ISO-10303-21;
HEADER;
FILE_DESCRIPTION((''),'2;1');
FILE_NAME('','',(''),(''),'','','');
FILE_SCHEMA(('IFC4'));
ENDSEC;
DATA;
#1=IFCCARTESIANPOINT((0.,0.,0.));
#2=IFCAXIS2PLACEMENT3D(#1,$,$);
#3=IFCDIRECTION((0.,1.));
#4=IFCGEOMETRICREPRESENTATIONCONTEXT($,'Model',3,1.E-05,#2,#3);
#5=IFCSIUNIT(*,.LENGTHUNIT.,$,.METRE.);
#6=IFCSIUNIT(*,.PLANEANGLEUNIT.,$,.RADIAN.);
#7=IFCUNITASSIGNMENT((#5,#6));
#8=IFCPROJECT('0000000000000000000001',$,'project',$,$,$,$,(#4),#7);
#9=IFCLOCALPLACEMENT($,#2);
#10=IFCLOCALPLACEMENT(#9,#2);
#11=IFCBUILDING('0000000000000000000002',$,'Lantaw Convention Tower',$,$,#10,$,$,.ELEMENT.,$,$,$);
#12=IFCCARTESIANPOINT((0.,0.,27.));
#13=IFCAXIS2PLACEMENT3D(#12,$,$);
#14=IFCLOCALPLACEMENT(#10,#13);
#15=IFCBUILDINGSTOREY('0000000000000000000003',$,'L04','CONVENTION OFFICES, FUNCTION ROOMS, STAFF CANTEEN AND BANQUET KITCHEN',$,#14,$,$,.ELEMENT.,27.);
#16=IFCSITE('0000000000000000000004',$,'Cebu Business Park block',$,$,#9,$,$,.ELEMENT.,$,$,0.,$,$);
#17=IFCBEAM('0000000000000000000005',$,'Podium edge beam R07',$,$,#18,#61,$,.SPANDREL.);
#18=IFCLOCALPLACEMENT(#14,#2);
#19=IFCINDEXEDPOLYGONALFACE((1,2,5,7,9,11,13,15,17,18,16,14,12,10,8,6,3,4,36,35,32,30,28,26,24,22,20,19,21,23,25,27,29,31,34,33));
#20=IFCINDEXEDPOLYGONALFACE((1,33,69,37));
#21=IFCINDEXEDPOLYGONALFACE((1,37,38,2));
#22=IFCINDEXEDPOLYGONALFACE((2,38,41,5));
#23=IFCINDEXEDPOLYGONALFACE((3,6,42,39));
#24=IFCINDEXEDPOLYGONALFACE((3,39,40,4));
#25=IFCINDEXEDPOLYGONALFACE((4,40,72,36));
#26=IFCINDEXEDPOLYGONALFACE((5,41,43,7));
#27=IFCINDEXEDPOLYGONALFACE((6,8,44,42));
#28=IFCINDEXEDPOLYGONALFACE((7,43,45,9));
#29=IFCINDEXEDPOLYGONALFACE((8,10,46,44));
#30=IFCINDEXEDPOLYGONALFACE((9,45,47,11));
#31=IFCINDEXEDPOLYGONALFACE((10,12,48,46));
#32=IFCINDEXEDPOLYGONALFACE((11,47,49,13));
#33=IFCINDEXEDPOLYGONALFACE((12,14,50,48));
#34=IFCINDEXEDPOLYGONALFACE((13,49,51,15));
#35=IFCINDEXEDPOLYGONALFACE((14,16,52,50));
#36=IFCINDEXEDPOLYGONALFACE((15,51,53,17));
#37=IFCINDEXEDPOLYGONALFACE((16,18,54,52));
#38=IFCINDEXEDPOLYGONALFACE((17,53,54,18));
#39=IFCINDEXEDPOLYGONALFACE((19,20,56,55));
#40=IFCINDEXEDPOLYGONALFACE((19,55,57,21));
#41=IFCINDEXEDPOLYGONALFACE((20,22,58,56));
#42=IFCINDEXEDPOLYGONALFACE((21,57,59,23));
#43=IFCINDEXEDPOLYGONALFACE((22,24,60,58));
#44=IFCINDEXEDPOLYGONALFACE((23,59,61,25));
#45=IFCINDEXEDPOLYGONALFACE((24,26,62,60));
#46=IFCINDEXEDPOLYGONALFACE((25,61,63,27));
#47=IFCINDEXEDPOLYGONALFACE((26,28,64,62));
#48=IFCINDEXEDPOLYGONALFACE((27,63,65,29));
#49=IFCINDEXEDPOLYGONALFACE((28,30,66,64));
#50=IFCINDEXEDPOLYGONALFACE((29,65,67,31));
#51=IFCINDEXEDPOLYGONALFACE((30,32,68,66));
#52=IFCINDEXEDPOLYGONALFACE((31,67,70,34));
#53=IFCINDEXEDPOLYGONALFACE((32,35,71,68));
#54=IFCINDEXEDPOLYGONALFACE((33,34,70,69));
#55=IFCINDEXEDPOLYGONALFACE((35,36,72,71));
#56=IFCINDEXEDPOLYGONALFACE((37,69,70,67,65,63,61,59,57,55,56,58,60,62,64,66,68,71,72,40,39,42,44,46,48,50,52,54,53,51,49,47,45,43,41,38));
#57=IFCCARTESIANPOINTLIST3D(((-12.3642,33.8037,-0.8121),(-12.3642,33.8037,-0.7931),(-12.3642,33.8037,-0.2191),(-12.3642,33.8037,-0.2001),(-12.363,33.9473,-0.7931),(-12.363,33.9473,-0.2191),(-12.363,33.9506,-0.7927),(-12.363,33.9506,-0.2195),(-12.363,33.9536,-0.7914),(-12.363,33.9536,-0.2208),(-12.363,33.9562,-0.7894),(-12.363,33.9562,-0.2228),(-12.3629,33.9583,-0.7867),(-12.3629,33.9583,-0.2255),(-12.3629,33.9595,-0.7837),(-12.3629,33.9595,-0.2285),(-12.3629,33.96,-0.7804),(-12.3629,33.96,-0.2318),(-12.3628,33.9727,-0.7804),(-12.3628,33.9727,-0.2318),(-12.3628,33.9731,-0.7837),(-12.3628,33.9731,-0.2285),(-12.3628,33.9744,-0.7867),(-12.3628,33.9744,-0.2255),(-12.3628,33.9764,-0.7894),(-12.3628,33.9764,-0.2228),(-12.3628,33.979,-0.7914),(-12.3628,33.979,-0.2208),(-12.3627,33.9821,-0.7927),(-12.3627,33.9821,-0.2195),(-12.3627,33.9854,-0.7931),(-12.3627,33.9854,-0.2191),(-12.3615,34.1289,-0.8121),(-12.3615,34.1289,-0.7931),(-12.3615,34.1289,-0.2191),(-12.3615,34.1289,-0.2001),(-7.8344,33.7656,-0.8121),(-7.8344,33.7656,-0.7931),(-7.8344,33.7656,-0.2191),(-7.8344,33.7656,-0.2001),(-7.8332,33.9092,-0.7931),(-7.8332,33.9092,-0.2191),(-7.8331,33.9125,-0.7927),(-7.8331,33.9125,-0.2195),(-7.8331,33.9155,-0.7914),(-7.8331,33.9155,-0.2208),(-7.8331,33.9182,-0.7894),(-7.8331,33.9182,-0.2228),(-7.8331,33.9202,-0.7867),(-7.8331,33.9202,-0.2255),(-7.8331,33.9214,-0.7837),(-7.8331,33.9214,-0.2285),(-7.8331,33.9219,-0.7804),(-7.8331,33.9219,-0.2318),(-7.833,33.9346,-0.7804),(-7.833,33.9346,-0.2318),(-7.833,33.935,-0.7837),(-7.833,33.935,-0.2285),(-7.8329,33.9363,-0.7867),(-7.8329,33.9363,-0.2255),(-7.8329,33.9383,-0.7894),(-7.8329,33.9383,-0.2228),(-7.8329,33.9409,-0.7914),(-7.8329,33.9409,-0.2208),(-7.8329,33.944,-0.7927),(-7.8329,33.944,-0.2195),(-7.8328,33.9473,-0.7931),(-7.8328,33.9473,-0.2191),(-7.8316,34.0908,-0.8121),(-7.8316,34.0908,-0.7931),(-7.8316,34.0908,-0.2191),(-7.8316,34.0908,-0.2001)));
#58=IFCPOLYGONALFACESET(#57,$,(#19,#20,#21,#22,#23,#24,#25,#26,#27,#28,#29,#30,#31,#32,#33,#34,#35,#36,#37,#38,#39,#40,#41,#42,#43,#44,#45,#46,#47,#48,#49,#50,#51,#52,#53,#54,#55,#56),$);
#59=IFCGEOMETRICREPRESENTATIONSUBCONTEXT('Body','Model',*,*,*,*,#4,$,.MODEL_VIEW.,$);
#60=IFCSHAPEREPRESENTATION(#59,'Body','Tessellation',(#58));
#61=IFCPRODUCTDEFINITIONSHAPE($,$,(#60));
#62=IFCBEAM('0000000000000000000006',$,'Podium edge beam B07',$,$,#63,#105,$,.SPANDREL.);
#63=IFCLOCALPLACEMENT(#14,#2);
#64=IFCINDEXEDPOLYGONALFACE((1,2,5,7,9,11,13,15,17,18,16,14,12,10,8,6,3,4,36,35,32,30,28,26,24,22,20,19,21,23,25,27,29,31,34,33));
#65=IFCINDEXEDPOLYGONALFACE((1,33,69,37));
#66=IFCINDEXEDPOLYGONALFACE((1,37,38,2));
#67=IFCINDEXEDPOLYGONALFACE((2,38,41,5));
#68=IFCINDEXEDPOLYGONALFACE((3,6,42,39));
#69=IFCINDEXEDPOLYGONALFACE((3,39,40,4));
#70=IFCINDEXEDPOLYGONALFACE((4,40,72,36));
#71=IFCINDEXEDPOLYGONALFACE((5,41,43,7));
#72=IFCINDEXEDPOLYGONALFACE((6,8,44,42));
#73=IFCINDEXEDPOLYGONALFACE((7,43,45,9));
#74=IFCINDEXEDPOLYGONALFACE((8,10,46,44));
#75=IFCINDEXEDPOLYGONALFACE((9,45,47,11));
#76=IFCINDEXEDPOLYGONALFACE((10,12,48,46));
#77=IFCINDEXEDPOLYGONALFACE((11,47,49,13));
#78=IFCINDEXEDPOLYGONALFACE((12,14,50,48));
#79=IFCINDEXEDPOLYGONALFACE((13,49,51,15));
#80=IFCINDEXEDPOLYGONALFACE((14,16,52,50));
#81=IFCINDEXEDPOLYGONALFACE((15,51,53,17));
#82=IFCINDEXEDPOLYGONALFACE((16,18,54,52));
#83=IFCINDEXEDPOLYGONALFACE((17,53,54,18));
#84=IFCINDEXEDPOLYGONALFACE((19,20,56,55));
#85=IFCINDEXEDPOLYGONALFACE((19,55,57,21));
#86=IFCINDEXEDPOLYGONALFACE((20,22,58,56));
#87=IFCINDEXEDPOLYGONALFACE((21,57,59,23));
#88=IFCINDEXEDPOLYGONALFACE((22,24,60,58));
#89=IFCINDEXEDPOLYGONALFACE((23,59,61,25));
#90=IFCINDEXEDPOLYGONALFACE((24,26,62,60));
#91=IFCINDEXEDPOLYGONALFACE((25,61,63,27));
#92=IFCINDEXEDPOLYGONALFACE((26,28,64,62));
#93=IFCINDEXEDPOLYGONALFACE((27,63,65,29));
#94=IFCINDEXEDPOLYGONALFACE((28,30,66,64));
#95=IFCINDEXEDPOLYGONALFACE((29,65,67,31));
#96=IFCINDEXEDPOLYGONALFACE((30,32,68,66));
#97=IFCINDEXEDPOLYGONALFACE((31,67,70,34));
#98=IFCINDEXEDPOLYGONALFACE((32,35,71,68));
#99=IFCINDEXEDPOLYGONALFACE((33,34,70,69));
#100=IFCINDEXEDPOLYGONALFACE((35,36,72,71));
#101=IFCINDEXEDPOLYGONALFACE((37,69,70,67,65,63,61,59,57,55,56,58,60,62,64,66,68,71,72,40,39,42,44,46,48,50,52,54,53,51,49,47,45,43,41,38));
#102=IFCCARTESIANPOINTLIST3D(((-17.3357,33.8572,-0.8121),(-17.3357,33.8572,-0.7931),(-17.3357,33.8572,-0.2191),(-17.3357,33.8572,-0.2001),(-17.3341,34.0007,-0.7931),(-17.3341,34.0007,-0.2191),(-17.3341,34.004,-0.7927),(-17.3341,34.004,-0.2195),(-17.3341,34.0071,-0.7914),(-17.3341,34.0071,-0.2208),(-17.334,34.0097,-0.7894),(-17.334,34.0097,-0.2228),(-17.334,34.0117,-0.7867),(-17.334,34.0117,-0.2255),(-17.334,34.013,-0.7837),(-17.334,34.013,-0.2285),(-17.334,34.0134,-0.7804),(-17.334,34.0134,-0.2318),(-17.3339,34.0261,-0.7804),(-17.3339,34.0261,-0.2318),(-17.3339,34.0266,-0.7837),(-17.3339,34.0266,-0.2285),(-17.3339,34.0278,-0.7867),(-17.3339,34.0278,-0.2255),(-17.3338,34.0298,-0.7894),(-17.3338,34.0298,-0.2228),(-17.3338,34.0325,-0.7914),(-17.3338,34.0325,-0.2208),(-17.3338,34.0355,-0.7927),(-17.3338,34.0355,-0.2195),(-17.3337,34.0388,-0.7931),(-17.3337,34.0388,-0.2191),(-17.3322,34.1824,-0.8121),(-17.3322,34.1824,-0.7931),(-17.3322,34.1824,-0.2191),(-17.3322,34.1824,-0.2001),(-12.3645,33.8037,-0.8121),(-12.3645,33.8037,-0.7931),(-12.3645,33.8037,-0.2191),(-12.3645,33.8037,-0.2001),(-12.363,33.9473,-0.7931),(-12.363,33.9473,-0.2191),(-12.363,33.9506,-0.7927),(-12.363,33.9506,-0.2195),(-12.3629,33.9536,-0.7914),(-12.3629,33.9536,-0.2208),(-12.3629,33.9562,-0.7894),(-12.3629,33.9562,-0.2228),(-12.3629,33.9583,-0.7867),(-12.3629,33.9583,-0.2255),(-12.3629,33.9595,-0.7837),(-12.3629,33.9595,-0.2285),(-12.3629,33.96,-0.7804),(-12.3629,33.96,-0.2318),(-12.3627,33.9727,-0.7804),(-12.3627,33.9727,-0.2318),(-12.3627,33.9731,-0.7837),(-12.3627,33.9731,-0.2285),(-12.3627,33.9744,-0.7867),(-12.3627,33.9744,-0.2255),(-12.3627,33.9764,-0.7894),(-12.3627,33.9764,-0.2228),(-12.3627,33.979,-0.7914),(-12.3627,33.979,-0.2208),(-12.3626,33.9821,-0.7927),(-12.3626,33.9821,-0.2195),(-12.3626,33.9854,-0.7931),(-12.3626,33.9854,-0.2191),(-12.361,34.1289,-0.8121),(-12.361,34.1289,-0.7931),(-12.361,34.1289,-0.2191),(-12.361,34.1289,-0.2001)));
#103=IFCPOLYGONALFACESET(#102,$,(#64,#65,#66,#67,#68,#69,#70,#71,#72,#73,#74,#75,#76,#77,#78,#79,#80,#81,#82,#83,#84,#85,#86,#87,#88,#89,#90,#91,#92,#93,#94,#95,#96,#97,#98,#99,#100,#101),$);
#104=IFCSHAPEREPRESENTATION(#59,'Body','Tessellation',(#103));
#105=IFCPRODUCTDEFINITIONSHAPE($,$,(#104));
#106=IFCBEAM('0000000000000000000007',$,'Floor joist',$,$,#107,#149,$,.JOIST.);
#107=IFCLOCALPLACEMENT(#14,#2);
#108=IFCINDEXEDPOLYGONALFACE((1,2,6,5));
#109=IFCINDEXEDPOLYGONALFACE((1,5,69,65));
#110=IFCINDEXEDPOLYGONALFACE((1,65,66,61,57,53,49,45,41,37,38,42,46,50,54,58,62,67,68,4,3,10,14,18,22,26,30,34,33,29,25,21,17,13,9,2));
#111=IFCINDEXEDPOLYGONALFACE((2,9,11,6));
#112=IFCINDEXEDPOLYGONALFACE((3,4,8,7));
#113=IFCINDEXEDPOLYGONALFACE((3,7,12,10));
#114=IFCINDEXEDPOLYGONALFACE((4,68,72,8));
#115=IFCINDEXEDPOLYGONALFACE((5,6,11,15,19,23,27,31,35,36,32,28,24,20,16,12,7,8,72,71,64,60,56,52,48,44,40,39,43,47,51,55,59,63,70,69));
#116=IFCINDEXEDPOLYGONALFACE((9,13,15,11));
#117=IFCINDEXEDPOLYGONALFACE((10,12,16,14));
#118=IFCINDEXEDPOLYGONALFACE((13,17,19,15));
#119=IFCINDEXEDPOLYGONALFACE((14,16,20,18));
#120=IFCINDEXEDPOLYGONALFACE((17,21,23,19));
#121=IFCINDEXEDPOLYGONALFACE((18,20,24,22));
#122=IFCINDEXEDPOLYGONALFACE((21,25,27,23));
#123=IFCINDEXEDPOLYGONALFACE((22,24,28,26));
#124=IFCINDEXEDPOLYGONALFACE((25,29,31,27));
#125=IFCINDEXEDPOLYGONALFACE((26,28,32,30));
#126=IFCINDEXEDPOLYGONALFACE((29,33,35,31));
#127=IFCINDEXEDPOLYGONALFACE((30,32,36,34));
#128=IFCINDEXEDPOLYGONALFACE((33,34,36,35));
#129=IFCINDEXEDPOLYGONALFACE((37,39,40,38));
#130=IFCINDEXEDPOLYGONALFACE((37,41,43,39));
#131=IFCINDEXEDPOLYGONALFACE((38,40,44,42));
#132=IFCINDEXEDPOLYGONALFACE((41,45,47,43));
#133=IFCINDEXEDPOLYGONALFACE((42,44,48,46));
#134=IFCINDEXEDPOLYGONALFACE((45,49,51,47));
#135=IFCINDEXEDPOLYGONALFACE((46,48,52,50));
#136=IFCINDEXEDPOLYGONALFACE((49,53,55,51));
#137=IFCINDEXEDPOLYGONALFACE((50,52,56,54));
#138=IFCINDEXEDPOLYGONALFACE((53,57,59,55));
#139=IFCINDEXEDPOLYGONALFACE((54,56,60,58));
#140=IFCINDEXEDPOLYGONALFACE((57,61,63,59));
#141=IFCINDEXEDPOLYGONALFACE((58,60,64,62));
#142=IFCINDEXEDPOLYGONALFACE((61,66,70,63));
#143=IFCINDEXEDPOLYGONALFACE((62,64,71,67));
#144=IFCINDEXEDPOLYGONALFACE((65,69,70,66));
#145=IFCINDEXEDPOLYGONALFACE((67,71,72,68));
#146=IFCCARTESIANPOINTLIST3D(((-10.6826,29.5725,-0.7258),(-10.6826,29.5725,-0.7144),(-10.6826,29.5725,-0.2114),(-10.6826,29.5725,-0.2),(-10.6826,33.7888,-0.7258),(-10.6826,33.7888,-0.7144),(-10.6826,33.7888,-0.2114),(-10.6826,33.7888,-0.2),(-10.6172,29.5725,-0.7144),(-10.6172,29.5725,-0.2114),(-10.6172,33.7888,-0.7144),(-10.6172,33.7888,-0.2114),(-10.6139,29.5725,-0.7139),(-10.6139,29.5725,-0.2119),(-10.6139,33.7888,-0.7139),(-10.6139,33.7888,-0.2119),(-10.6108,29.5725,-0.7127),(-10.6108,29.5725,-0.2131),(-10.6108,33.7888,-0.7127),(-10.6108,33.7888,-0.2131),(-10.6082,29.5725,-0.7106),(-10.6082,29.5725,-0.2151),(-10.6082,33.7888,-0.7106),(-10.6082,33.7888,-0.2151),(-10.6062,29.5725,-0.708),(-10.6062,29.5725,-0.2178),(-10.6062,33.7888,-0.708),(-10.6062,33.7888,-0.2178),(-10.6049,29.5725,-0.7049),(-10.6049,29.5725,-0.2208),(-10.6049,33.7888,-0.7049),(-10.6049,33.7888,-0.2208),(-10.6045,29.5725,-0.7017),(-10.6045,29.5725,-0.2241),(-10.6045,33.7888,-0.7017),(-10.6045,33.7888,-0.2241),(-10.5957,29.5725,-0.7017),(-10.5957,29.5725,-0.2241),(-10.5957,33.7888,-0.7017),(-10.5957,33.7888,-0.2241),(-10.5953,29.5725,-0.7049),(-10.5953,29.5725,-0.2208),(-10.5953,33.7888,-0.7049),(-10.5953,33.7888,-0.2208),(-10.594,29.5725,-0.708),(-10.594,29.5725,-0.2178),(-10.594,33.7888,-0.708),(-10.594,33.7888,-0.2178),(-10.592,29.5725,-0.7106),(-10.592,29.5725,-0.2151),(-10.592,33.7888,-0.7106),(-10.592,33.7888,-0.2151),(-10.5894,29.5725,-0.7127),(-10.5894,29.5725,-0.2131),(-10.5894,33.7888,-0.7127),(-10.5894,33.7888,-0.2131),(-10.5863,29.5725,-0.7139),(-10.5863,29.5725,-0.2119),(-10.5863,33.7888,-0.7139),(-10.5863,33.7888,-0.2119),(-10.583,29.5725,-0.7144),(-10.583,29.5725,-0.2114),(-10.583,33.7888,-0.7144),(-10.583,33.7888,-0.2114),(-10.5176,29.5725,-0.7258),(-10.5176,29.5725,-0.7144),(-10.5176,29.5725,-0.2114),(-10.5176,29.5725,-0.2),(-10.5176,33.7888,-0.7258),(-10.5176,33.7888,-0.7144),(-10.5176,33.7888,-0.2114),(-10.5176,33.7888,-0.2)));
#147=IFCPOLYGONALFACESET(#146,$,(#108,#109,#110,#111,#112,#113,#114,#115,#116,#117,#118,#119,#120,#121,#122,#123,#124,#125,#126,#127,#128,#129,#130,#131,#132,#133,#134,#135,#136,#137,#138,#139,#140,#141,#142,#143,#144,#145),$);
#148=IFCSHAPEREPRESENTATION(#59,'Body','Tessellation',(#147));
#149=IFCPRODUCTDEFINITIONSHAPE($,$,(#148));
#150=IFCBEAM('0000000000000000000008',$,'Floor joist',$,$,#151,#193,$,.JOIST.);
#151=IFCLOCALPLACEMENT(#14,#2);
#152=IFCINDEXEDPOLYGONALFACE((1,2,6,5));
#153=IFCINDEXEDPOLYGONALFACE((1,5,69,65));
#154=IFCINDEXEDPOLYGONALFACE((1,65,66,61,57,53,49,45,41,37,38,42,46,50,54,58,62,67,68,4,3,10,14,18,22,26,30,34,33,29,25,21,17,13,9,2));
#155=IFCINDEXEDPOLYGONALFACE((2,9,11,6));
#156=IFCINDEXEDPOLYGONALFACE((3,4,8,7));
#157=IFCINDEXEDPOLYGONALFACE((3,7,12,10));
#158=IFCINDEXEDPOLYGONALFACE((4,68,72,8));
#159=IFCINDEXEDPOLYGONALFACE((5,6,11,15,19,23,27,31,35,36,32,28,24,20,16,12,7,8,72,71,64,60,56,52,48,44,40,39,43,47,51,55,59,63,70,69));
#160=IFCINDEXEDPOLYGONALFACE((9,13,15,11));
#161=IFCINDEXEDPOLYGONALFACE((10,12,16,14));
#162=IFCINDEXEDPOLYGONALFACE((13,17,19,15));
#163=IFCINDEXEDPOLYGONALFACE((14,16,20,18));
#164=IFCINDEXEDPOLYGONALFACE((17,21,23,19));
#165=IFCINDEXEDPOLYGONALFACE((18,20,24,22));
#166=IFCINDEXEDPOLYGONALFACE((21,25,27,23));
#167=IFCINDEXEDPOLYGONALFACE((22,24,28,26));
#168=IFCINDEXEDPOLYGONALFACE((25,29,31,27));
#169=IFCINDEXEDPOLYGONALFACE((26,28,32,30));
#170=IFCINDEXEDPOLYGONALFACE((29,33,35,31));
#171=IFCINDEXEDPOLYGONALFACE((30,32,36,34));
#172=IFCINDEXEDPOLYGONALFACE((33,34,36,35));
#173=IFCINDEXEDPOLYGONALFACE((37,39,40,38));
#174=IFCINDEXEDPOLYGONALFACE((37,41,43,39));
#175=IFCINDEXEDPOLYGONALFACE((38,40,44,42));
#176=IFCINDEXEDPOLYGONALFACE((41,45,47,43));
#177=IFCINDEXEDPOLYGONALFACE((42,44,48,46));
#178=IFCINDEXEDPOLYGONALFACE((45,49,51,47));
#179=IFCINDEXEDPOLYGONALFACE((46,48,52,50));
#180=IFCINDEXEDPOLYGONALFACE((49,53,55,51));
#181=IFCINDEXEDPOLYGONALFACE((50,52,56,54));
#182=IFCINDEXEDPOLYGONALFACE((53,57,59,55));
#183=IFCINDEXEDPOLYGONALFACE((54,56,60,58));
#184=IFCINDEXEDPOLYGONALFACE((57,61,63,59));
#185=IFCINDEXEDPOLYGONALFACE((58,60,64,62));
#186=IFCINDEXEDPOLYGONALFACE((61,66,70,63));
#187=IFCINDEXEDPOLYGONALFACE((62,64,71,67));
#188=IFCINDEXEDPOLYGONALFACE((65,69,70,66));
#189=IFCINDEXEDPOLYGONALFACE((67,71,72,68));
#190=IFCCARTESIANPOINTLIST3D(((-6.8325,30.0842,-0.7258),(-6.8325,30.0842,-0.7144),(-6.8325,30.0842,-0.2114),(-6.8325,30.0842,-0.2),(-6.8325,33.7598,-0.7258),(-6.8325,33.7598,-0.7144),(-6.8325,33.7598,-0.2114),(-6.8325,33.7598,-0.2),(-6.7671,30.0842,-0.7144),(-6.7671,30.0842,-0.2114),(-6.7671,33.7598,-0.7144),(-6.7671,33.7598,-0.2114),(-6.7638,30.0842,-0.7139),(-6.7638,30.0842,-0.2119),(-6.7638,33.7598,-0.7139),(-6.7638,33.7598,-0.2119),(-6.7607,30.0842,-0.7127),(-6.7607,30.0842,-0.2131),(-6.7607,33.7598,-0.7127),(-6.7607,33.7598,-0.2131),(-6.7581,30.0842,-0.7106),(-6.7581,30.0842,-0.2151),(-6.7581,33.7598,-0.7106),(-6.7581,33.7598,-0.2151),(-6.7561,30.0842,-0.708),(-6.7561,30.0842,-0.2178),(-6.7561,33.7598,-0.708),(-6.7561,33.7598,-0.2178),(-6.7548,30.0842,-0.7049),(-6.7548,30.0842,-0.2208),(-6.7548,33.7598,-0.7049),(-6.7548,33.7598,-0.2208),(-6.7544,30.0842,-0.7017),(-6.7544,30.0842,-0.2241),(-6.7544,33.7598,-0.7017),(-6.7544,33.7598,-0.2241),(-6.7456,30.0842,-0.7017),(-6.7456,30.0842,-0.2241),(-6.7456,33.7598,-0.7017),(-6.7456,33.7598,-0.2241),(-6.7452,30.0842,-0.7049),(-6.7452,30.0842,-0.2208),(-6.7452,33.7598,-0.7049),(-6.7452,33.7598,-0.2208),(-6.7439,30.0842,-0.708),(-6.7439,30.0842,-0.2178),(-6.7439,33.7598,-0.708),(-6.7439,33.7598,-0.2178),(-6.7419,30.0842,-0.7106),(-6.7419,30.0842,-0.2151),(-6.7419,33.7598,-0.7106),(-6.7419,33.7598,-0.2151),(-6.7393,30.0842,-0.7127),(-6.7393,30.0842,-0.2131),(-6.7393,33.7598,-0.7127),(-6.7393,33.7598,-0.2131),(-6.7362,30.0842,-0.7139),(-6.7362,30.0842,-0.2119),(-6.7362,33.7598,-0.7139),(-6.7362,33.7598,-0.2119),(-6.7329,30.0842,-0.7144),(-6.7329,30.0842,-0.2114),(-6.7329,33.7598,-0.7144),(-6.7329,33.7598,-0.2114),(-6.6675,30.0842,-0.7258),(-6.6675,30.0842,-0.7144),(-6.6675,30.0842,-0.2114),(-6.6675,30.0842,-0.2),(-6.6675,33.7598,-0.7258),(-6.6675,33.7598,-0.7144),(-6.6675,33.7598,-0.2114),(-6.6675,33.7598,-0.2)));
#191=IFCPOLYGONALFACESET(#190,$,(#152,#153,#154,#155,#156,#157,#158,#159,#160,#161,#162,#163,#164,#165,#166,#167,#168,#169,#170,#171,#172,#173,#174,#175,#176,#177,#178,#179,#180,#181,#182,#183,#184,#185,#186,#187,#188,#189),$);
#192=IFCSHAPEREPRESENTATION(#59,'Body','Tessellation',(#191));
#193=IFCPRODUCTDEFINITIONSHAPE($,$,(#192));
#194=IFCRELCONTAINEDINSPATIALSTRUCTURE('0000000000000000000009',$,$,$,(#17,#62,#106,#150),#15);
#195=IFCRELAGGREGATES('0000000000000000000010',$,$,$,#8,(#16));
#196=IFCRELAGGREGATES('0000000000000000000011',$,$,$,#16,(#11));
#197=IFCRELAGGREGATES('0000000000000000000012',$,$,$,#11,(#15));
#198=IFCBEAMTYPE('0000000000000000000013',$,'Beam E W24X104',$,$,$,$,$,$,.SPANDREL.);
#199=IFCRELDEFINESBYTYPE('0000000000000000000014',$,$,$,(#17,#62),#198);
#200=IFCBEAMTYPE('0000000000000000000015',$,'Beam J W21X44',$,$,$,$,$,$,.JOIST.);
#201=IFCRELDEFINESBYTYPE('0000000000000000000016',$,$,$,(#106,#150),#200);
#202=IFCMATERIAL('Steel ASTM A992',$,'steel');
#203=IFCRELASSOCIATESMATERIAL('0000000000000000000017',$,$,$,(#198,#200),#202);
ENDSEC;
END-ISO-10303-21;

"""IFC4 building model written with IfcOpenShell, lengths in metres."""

from ifc_helpers import new_model, si_unit, direction, frame, origin, origin_2d, place, context, subcontext, project, spatial, i_section, extrude, material, material_profile, profile_set, type_object, element, save


model = new_model("IFC4")

# Units and contexts
model_context = context("Model", 3, precision=1e-05, world=origin(), true_north=direction((0.0, 1.0)))
body_context = subcontext(model_context, "Body", "Model", "MODEL_VIEW")
ifc_project = project(units=[si_unit("LENGTHUNIT", "METRE"), si_unit("PLANEANGLEUNIT", "RADIAN")], contexts=[model_context])

# Site, building, storey
site_placement = place(None, origin())
site = spatial("IfcSite", under=ifc_project, at=site_placement, Name="Cebu Business Park block", CompositionType="ELEMENT", RefElevation=0.0)
building_placement = place(site_placement, origin())
building = spatial("IfcBuilding", under=site, at=building_placement, Name="Lantaw Convention Tower", CompositionType="ELEMENT")
storey_placement = place(building_placement, frame((0.0, 0.0, 27.0)))
storey = spatial("IfcBuildingStorey", under=building, at=storey_placement, Name="L04", Description="CONVENTION OFFICES, FUNCTION ROOMS, STAFF CANTEEN AND BANQUET KITCHEN", CompositionType="ELEMENT", Elevation=27.0)

# Beams
ifc_material_1 = material(Name="Steel ASTM A992", Category="steel")
ifc_material_profile_1 = material_profile(ifc_material_1, i_section(OverallWidth=0.3252, OverallDepth=0.6121, WebThickness=0.0127, FlangeThickness=0.019, FilletRadius=0.0127, at=origin_2d()), Name="W24X104")
ifc_profile_set_1 = profile_set([ifc_material_profile_1], Name="Steel ASTM A992")
beam_type_1 = type_object("IfcBeamType", Name="Beam E W24X104", PredefinedType="SPANDREL", material=ifc_profile_set_1)
beam_1_placement = place(storey_placement, frame((-7.833, 33.9282, -0.5061), z_axis=(-0.999965, 0.008408, 0.0), x_axis=(-0.008408, -0.999965, 0.0)))
element("IfcBeam", 1, at=beam_1_placement, inside=storey, type_object=beam_type_1, Name="Podium edge beam R07", PredefinedType="SPANDREL", context=body_context, shape_type="SweptSolid", body=[
    extrude(i_section(OverallWidth=0.3252, OverallDepth=0.6121, WebThickness=0.0127, FlangeThickness=0.019, FilletRadius=0.0127, at=origin_2d()), origin(), (0.0, 0.0, 1.0), 4.53),
])
beam_2_placement = place(storey_placement, frame((-12.3628, 33.9663, -0.5061), z_axis=(-0.999942, 0.010755, 0.0), x_axis=(-0.010755, -0.999942, 0.0)))
element("IfcBeam", 2, at=beam_2_placement, inside=storey, type_object=beam_type_1, Name="Podium edge beam B07", PredefinedType="SPANDREL", context=body_context, shape_type="SweptSolid", body=[
    extrude(i_section(OverallWidth=0.3252, OverallDepth=0.6121, WebThickness=0.0127, FlangeThickness=0.019, FilletRadius=0.0127, at=origin_2d()), origin(), (0.0, 0.0, 1.0), 4.9714),
])
ifc_material_profile_2 = material_profile(ifc_material_1, i_section(OverallWidth=0.165, OverallDepth=0.5259, WebThickness=0.0088, FlangeThickness=0.0115, FilletRadius=0.0127, at=origin_2d()), Name="W21X44")
ifc_profile_set_2 = profile_set([ifc_material_profile_2], Name="Steel ASTM A992")
beam_type_2 = type_object("IfcBeamType", Name="Beam J W21X44", PredefinedType="JOIST", material=ifc_profile_set_2)
beam_3_placement = place(storey_placement, frame((-10.6001, 29.5725, -0.4629), z_axis=(0.0, 1.0, 0.0), x_axis=(-1.0, 0.0, 0.0)))
element("IfcBeam", 3, at=beam_3_placement, inside=storey, type_object=beam_type_2, Name="Floor joist", PredefinedType="JOIST", context=body_context, shape_type="SweptSolid", body=[
    extrude(i_section(OverallWidth=0.165, OverallDepth=0.5259, WebThickness=0.0088, FlangeThickness=0.0115, FilletRadius=0.0127, at=origin_2d()), origin(), (0.0, 0.0, 1.0), 4.2163),
])
beam_4_placement = place(storey_placement, frame((-6.75, 30.0842, -0.4629), z_axis=(0.0, 1.0, 0.0), x_axis=(-1.0, 0.0, 0.0)))
element("IfcBeam", 4, at=beam_4_placement, inside=storey, type_object=beam_type_2, Name="Floor joist", PredefinedType="JOIST", context=body_context, shape_type="SweptSolid", body=[
    extrude(i_section(OverallWidth=0.165, OverallDepth=0.5259, WebThickness=0.0088, FlangeThickness=0.0115, FilletRadius=0.0127, at=origin_2d()), origin(), (0.0, 0.0, 1.0), 3.6755),
])

save(model, "model.ifc")
